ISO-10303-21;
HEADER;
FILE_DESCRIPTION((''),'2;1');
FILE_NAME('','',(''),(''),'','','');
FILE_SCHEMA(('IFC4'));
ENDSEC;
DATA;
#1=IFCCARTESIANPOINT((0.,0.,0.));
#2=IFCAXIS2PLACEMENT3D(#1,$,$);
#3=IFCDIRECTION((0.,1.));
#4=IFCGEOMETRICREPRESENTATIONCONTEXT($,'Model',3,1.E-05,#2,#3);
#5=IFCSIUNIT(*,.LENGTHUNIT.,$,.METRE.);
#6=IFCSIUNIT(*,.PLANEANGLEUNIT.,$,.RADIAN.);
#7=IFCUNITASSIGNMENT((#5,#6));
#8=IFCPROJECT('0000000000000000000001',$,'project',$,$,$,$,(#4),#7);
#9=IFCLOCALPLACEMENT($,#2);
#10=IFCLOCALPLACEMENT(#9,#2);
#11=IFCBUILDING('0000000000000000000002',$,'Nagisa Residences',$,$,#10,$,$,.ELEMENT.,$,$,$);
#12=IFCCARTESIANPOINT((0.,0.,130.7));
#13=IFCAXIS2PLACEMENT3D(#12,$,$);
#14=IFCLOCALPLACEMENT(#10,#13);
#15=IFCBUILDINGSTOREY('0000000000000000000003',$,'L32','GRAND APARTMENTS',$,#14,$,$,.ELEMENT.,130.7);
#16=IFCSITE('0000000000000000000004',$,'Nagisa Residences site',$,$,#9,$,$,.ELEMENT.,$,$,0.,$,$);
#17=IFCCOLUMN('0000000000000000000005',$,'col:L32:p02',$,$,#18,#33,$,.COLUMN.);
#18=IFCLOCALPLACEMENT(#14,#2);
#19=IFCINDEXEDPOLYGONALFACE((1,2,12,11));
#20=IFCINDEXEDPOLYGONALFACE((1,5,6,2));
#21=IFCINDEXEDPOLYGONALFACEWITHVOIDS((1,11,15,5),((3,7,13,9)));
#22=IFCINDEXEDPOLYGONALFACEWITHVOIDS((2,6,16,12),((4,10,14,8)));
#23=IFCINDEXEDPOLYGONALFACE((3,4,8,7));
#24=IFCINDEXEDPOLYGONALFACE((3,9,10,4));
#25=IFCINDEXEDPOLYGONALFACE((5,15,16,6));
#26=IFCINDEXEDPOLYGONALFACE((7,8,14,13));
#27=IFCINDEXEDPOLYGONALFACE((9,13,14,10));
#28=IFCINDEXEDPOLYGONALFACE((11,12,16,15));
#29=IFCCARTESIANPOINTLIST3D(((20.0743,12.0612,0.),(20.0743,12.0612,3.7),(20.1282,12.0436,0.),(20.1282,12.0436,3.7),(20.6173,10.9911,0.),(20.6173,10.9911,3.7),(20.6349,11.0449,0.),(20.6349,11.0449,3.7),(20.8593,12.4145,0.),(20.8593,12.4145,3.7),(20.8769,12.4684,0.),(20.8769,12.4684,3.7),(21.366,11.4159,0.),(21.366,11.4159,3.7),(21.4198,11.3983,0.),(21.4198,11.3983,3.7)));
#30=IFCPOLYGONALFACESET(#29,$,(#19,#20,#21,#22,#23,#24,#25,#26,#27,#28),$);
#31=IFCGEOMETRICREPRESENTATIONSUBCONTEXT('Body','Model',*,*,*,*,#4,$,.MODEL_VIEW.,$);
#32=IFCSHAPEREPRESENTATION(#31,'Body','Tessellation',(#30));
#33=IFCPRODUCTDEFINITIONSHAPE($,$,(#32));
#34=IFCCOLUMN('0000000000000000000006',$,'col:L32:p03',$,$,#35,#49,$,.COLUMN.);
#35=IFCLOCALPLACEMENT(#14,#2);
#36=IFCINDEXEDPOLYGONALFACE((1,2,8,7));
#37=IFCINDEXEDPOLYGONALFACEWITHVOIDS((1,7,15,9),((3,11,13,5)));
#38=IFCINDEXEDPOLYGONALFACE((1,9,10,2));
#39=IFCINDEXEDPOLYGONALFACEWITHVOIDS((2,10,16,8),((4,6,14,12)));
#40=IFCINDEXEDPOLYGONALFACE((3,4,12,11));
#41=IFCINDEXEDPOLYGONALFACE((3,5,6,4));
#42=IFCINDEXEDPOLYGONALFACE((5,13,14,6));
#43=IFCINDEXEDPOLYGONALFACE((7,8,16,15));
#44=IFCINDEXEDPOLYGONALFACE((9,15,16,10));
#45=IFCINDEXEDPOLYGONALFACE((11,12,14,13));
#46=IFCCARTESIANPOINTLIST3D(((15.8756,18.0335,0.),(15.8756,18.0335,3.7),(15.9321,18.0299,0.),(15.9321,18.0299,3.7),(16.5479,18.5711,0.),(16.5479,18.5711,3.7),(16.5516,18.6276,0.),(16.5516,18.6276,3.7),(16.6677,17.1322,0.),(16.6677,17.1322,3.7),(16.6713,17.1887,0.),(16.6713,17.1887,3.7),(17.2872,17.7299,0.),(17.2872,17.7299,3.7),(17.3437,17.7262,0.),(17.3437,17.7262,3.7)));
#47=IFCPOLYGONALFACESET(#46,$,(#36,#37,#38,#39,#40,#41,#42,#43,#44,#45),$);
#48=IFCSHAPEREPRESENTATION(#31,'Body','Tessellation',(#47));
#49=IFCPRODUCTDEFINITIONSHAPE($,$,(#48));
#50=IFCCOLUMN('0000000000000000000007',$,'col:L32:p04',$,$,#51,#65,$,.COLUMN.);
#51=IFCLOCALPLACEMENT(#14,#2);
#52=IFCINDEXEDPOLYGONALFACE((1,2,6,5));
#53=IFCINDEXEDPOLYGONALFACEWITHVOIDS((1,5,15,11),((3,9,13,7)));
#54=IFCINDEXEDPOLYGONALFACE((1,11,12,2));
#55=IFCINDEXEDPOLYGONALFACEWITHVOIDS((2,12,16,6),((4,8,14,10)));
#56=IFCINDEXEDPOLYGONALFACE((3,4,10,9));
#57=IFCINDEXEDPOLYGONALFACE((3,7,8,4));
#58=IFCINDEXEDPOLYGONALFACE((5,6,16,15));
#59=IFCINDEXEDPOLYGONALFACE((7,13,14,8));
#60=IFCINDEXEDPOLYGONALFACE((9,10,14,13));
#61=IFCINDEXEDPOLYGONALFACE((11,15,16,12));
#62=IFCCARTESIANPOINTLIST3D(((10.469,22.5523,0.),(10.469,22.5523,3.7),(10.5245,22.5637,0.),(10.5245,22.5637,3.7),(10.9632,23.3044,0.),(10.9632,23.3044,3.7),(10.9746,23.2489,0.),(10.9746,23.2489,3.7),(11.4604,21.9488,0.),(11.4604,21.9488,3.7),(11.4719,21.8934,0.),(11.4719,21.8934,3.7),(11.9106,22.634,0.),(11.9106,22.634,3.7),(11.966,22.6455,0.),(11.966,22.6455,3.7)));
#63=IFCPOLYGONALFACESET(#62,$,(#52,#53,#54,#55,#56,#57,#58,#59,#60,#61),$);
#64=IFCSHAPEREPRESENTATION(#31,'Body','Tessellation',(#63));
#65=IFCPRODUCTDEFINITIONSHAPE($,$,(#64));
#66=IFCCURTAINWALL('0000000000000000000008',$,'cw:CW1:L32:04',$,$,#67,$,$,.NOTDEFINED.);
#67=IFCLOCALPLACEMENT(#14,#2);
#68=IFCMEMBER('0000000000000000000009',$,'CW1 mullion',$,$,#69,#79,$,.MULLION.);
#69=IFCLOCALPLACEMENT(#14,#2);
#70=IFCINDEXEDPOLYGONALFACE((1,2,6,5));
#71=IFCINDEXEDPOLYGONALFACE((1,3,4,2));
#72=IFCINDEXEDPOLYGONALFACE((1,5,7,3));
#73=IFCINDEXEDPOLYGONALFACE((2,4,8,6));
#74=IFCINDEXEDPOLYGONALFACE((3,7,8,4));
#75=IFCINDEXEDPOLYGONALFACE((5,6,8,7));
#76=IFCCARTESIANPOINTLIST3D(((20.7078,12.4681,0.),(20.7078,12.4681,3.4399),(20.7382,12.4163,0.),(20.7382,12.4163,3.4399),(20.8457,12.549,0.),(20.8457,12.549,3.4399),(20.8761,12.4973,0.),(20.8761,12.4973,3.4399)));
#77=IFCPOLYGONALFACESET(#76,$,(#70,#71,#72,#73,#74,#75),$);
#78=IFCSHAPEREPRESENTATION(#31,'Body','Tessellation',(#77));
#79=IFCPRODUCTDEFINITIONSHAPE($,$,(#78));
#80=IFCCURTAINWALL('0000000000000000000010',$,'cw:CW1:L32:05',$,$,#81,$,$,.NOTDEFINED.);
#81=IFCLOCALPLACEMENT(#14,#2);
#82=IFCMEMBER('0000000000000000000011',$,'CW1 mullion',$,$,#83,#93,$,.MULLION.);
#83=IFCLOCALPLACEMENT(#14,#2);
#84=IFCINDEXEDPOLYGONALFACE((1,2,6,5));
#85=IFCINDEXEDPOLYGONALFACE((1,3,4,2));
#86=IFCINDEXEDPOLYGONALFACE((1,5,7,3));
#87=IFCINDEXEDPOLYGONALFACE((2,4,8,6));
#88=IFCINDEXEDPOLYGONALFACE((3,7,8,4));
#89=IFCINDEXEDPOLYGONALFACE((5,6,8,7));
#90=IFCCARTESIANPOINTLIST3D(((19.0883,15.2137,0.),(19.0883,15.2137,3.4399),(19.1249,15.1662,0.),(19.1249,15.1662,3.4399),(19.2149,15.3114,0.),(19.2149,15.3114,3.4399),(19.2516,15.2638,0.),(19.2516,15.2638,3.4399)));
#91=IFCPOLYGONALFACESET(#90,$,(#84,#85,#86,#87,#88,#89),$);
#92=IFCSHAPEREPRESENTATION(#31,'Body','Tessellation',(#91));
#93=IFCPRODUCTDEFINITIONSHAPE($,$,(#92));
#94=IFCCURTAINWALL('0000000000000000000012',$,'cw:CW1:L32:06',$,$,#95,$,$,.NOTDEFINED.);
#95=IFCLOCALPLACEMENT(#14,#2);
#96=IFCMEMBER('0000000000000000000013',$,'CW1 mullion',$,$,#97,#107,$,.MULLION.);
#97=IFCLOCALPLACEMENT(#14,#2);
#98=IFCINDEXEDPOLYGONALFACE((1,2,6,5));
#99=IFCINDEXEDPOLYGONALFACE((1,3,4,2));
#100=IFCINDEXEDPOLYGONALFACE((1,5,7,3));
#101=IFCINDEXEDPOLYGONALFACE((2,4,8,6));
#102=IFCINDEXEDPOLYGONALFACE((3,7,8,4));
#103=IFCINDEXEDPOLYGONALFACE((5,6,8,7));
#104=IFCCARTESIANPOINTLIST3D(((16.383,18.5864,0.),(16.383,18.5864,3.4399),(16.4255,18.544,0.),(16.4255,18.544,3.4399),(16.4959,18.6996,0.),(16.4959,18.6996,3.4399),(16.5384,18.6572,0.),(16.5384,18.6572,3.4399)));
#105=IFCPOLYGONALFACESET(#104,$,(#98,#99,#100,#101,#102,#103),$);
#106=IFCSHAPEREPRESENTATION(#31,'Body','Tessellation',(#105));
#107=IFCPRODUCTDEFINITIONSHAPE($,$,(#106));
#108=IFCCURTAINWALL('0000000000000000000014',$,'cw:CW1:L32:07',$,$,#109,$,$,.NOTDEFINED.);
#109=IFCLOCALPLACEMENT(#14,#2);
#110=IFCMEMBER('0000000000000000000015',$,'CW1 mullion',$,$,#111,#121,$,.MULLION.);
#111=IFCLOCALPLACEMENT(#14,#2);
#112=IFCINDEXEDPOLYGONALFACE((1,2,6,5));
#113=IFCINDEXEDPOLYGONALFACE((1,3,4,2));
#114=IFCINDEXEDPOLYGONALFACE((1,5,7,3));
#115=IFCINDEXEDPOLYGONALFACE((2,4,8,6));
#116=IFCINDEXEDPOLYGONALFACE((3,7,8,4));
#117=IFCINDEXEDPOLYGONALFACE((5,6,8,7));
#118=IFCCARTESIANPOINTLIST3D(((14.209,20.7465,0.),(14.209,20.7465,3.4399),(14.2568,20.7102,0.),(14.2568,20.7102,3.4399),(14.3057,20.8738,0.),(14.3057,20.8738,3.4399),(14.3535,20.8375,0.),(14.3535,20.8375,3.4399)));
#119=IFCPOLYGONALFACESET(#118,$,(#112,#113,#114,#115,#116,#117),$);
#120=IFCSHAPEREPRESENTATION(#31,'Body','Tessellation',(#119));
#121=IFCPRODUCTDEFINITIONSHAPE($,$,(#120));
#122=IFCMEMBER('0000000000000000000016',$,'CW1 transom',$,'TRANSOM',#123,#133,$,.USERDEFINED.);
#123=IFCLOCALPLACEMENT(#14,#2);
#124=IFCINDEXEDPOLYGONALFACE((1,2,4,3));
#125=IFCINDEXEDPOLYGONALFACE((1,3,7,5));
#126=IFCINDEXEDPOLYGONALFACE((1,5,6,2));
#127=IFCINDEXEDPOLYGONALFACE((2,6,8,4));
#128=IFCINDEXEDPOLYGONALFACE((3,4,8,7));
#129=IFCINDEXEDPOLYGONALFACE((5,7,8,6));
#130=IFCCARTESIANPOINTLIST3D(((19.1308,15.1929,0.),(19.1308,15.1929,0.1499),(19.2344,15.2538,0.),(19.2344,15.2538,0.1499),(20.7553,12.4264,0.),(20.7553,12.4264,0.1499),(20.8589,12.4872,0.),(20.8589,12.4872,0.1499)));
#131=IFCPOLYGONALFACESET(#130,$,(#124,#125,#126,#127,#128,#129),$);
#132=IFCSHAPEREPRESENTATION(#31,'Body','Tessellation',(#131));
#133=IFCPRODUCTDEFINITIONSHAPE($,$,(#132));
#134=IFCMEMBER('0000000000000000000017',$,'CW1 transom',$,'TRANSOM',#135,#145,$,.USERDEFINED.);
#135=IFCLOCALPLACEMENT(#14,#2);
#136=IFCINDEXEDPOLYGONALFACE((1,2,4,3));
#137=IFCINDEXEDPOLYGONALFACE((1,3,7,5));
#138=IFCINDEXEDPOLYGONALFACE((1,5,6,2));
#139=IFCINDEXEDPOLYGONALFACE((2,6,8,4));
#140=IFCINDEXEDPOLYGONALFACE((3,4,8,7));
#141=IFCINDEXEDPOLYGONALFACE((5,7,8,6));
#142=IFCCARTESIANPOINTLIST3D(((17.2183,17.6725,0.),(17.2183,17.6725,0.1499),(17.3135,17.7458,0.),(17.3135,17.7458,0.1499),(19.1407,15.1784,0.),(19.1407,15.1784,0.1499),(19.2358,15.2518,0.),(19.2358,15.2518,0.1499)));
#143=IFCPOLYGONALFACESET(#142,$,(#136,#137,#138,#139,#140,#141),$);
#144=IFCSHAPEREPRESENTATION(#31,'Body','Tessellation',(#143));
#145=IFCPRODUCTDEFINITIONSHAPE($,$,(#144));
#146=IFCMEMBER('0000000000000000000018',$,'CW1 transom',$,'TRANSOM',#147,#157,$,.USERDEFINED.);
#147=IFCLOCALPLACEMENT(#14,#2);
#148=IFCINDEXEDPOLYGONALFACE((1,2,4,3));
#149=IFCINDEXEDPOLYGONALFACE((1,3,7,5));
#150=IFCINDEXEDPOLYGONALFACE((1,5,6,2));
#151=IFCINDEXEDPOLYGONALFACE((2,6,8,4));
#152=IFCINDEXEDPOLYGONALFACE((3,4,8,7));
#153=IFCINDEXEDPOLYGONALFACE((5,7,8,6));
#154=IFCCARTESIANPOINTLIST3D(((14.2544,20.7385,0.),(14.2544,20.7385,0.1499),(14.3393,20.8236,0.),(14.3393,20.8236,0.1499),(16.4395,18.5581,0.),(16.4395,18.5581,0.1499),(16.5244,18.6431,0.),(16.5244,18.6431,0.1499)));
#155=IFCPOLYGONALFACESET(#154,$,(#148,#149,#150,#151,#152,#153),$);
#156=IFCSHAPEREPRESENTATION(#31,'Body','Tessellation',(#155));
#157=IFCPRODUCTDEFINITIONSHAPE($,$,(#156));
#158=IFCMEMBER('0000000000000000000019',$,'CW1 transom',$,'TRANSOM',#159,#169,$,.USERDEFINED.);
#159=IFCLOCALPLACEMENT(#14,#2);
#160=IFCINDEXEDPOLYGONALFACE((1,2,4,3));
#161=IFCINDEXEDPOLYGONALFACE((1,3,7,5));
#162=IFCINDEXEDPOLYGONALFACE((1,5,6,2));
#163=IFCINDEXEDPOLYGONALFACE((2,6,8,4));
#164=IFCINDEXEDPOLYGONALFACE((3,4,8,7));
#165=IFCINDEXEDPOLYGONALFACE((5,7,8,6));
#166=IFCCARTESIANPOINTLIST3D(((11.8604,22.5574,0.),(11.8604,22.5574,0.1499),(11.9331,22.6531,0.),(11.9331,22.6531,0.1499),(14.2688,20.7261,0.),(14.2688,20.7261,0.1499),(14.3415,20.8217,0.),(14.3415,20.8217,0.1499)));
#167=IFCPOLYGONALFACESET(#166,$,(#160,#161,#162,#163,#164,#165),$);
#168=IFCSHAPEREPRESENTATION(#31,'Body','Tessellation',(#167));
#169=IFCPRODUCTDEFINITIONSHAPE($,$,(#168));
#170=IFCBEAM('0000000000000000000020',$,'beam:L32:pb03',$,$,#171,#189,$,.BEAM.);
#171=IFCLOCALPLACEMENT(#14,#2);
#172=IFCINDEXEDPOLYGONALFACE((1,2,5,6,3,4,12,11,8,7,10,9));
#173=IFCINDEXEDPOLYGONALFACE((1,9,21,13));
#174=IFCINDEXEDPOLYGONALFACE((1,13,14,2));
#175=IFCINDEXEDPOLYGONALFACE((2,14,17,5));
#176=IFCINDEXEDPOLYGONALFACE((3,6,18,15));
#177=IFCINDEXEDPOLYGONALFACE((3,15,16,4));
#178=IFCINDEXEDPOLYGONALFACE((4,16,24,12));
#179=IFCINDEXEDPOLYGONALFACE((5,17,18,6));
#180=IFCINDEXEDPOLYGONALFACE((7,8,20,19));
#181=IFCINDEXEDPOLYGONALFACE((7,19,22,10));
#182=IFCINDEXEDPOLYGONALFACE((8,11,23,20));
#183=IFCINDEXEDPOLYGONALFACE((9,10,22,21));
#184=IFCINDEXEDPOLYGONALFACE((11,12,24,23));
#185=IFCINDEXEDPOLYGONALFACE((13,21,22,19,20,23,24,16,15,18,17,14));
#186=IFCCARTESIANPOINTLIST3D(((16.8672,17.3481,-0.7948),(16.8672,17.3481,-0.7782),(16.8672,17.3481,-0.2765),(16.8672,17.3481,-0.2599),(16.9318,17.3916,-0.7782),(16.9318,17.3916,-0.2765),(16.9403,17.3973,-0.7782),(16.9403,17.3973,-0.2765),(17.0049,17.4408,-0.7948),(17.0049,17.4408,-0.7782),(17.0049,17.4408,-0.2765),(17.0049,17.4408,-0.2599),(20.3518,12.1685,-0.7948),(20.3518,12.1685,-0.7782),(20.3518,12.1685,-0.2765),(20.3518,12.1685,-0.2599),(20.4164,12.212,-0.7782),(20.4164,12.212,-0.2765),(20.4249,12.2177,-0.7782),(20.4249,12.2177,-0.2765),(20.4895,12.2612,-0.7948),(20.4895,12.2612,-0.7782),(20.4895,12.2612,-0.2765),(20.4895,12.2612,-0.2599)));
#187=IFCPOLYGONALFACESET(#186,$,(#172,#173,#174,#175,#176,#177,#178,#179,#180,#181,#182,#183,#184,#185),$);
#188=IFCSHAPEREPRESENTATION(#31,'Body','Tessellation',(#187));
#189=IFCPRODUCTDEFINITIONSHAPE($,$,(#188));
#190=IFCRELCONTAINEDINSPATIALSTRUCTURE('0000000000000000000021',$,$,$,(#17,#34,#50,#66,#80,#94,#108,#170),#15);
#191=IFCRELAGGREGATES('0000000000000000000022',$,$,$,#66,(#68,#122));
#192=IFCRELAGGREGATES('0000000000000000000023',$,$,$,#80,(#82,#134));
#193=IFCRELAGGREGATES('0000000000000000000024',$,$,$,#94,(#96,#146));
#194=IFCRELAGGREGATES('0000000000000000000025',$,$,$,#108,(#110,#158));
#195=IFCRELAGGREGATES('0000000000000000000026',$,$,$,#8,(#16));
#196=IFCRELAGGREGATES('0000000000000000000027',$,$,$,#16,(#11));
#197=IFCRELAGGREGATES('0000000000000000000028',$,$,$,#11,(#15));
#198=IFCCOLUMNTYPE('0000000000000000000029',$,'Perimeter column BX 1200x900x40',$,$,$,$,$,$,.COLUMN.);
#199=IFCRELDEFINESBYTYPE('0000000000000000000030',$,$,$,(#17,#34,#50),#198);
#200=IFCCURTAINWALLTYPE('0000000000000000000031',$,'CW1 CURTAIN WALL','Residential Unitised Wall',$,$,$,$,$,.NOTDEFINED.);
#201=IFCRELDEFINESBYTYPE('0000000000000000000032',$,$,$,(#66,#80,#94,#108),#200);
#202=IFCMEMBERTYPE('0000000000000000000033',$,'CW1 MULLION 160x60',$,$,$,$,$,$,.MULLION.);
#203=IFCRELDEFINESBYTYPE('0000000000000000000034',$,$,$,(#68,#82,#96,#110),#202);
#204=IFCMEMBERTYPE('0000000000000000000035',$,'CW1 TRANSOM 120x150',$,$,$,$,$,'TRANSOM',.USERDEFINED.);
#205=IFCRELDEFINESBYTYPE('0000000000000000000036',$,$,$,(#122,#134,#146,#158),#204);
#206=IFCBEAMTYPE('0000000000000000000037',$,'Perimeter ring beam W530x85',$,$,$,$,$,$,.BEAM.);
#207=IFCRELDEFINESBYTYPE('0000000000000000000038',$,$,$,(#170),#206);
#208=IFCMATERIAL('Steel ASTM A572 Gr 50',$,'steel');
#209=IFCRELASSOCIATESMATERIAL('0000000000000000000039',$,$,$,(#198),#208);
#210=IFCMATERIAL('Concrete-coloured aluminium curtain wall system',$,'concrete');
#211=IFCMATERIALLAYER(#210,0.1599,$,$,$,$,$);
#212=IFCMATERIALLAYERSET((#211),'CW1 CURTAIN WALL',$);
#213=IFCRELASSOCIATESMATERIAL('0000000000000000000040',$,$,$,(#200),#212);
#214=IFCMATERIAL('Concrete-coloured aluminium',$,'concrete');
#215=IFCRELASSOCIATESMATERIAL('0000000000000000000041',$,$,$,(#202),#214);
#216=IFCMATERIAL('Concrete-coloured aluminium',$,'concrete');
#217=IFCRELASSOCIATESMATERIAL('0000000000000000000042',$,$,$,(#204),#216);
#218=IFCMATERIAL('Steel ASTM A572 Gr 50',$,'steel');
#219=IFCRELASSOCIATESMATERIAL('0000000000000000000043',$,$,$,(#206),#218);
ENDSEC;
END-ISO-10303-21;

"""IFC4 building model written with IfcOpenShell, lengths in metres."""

from ifc_helpers import new_model, si_unit, direction, frame, origin, origin_2d, place, context, subcontext, project, spatial, rectangle, hollow_rectangle, i_section, extrude, material, layer, layer_set, material_profile, profile_set, type_object, element, aggregate, save


model = new_model("IFC4")

# Units and contexts
model_context = context("Model", 3, precision=1e-05, world=origin(), true_north=direction((0.0, 1.0)))
body_context = subcontext(model_context, "Body", "Model", "MODEL_VIEW")
ifc_project = project(units=[si_unit("LENGTHUNIT", "METRE"), si_unit("PLANEANGLEUNIT", "RADIAN")], contexts=[model_context])

# Site, building, storey
site_placement = place(None, origin())
site = spatial("IfcSite", under=ifc_project, at=site_placement, Name="Nagisa Residences site", CompositionType="ELEMENT", RefElevation=0.0)
building_placement = place(site_placement, origin())
building = spatial("IfcBuilding", under=site, at=building_placement, Name="Nagisa Residences", CompositionType="ELEMENT")
storey_placement = place(building_placement, frame((0.0, 0.0, 130.7)))
storey = spatial("IfcBuildingStorey", under=building, at=storey_placement, Name="L32", Description="GRAND APARTMENTS", CompositionType="ELEMENT", Elevation=130.7)

# Columns
ifc_material_1 = material(Name="Steel ASTM A572 Gr 50", Category="steel")
ifc_material_profile_1 = material_profile(ifc_material_1, hollow_rectangle(XDim=1.2, YDim=0.8999, WallThickness=0.04, at=origin_2d()), Name="BX 1200x900x40")
ifc_profile_set_1 = profile_set([ifc_material_profile_1], Name="Steel ASTM A572 Gr 50")
column_type = type_object("IfcColumnType", Name="Perimeter column BX 1200x900x40", PredefinedType="COLUMN", material=ifc_profile_set_1)
for number, where, z_axis, x_axis, name in (
    (1, (20.7471, 11.7297, 0.0), (0.0, 0.0, 1.0), (-0.452463, 0.891783, 0.0), "col:L32:p02"),
    (2, (16.6096, 17.8799, 0.0), (0.0, 0.0, 1.0), (-0.660115, 0.751165, 0.0), "col:L32:p03"),
    (3, (11.2175, 22.5989, 0.0), (0.0, 0.0, 1.0), (-0.835766, 0.549086, 0.0), "col:L32:p04"),
):
    element("IfcColumn", number, at=place(storey_placement, frame(where, z_axis=z_axis, x_axis=x_axis)), inside=storey, type_object=column_type, Name=name, PredefinedType="COLUMN", context=body_context, shape_type="SweptSolid", body=[
        extrude(hollow_rectangle(XDim=1.2, YDim=0.8999, WallThickness=0.04, at=origin_2d()), origin(), (0.0, 0.0, 1.0), 3.7),
    ])

# Curtain walls, members
ifc_material_2 = material(Name="Concrete-coloured aluminium curtain wall system", Category="concrete")
ifc_layer_1 = layer(ifc_material_2, 0.1599)
ifc_layer_set_1 = layer_set([ifc_layer_1], Name="CW1 CURTAIN WALL")
curtain_wall_type = type_object("IfcCurtainWallType", Name="CW1 CURTAIN WALL", Description="Residential Unitised Wall", PredefinedType="NOTDEFINED", material=ifc_layer_set_1)
curtain_wall_1_placement = place(storey_placement, origin())
curtain_wall_1 = element("IfcCurtainWall", 4, at=curtain_wall_1_placement, inside=storey, type_object=curtain_wall_type, Name="cw:CW1:L32:04", PredefinedType="NOTDEFINED")
ifc_material_3 = material(Name="Concrete-coloured aluminium", Category="concrete")
ifc_material_profile_2 = material_profile(ifc_material_3, rectangle(XDim=0.1599, YDim=0.0601, at=origin_2d()), Name="CW1 MULLION 160x60")
ifc_profile_set_2 = profile_set([ifc_material_profile_2], Name="Concrete-coloured aluminium")
member_type_1 = type_object("IfcMemberType", Name="CW1 MULLION 160x60", PredefinedType="MULLION", material=ifc_profile_set_2)
member_1_placement = place(storey_placement, frame((20.792, 12.4827, 0.0), z_axis=(0.0, 0.0, 1.0), x_axis=(-0.862329, -0.506349, 0.0)))
member_1 = element("IfcMember", 5, at=member_1_placement, type_object=member_type_1, Name="CW1 mullion", PredefinedType="MULLION", context=body_context, shape_type="SweptSolid", body=[
    extrude(rectangle(XDim=0.1599, YDim=0.0601, at=origin_2d()), origin(), (0.0, 0.0, 1.0), 3.4399),
])
curtain_wall_2_placement = place(storey_placement, origin())
curtain_wall_2 = element("IfcCurtainWall", 6, at=curtain_wall_2_placement, inside=storey, type_object=curtain_wall_type, Name="cw:CW1:L32:05", PredefinedType="NOTDEFINED")
member_2_placement = place(storey_placement, frame((19.1699, 15.2388, 0.0), z_axis=(0.0, 0.0, 1.0), x_axis=(-0.79207, -0.61043, 0.0)))
member_2 = element("IfcMember", 7, at=member_2_placement, type_object=member_type_1, Name="CW1 mullion", PredefinedType="MULLION", context=body_context, shape_type="SweptSolid", body=[
    extrude(rectangle(XDim=0.1599, YDim=0.0601, at=origin_2d()), origin(), (0.0, 0.0, 1.0), 3.4399),
])
curtain_wall_3_placement = place(storey_placement, origin())
curtain_wall_3 = element("IfcCurtainWall", 8, at=curtain_wall_3_placement, inside=storey, type_object=curtain_wall_type, Name="cw:CW1:L32:06", PredefinedType="NOTDEFINED")
member_3_placement = place(storey_placement, frame((16.4607, 18.6218, 0.0), z_axis=(0.0, 0.0, 1.0), x_axis=(-0.706377, -0.707836, 0.0)))
member_3 = element("IfcMember", 9, at=member_3_placement, type_object=member_type_1, Name="CW1 mullion", PredefinedType="MULLION", context=body_context, shape_type="SweptSolid", body=[
    extrude(rectangle(XDim=0.1599, YDim=0.0601, at=origin_2d()), origin(), (0.0, 0.0, 1.0), 3.4399),
])
curtain_wall_4_placement = place(storey_placement, origin())
curtain_wall_4 = element("IfcCurtainWall", 10, at=curtain_wall_4_placement, inside=storey, type_object=curtain_wall_type, Name="cw:CW1:L32:07", PredefinedType="NOTDEFINED")
member_4_placement = place(storey_placement, frame((14.2812, 20.792, 0.0), z_axis=(0.0, 0.0, 1.0), x_axis=(-0.605255, -0.796031, 0.0)))
member_4 = element("IfcMember", 11, at=member_4_placement, type_object=member_type_1, Name="CW1 mullion", PredefinedType="MULLION", context=body_context, shape_type="SweptSolid", body=[
    extrude(rectangle(XDim=0.1599, YDim=0.0601, at=origin_2d()), origin(), (0.0, 0.0, 1.0), 3.4399),
])

# Members
ifc_material_4 = material(Name="Concrete-coloured aluminium", Category="concrete")
ifc_material_profile_3 = material_profile(ifc_material_4, rectangle(XDim=0.1201, YDim=0.1499, at=origin_2d()), Name="CW1 TRANSOM 120x150")
ifc_profile_set_3 = profile_set([ifc_material_profile_3], Name="Concrete-coloured aluminium")
member_type_2 = type_object("IfcMemberType", Name="CW1 TRANSOM 120x150", ElementType="TRANSOM", PredefinedType="USERDEFINED", material=ifc_profile_set_3)
member_5_placement = place(storey_placement, frame((20.8071, 12.4568, 0.075), z_axis=(-0.506348, 0.862329, 0.0), x_axis=(-0.862329, -0.506348, 0.0)))
member_5 = element("IfcMember", 12, at=member_5_placement, type_object=member_type_2, Name="CW1 transom", ObjectType="TRANSOM", PredefinedType="USERDEFINED", context=body_context, shape_type="SweptSolid", body=[
    extrude(rectangle(XDim=0.1201, YDim=0.1499, at=origin_2d()), origin(), (0.0, 0.0, 1.0), 3.2083),
])
member_6_placement = place(storey_placement, frame((19.1882, 15.2151, 0.075), z_axis=(-0.610467, 0.792041, 0.0), x_axis=(-0.792041, -0.610467, 0.0)))
member_6 = element("IfcMember", 13, at=member_6_placement, type_object=member_type_2, Name="CW1 transom", ObjectType="TRANSOM", PredefinedType="USERDEFINED", context=body_context, shape_type="SweptSolid", body=[
    extrude(rectangle(XDim=0.1201, YDim=0.1499, at=origin_2d()), origin(), (0.0, 0.0, 1.0), 3.1489),
])
member_7_placement = place(storey_placement, frame((16.4819, 18.6006, 0.075), z_axis=(-0.707858, 0.706355, 0.0), x_axis=(-0.706355, -0.707858, 0.0)))
member_7 = element("IfcMember", 14, at=member_7_placement, type_object=member_type_2, Name="CW1 transom", ObjectType="TRANSOM", PredefinedType="USERDEFINED", context=body_context, shape_type="SweptSolid", body=[
    extrude(rectangle(XDim=0.1201, YDim=0.1499, at=origin_2d()), origin(), (0.0, 0.0, 1.0), 3.0869),
])
member_8_placement = place(storey_placement, frame((14.3052, 20.7739, 0.075), z_axis=(-0.796022, 0.605267, 0.0), x_axis=(-0.605267, -0.796022, 0.0)))
member_8 = element("IfcMember", 15, at=member_8_placement, type_object=member_type_2, Name="CW1 transom", ObjectType="TRANSOM", PredefinedType="USERDEFINED", context=body_context, shape_type="SweptSolid", body=[
    extrude(rectangle(XDim=0.1201, YDim=0.1499, at=origin_2d()), origin(), (0.0, 0.0, 1.0), 3.0256),
])

# Beam
ifc_material_5 = material(Name="Steel ASTM A572 Gr 50", Category="steel")
ifc_material_profile_4 = material_profile(ifc_material_5, i_section(OverallWidth=0.166, OverallDepth=0.5349, WebThickness=0.0103, FlangeThickness=0.0166, at=origin_2d()), Name="W530x85")
ifc_profile_set_4 = profile_set([ifc_material_profile_4], Name="Steel ASTM A572 Gr 50")
beam_type_1 = type_object("IfcBeamType", Name="Perimeter ring beam W530x85", PredefinedType="BEAM", material=ifc_profile_set_4)
beam_1_placement = place(storey_placement, frame((20.4207, 12.2148, -0.5273), z_axis=(-0.558188, 0.829715, 0.0), x_axis=(-0.829715, -0.558188, 0.0)))
element("IfcBeam", 16, at=beam_1_placement, inside=storey, type_object=beam_type_1, Name="beam:L32:pb03", PredefinedType="BEAM", context=body_context, shape_type="SweptSolid", body=[
    extrude(i_section(OverallWidth=0.166, OverallDepth=0.5349, WebThickness=0.0103, FlangeThickness=0.0166, at=origin_2d()), origin(), (0.0, 0.0, 1.0), 6.2427),
])

aggregate(curtain_wall_1, [member_1, member_5])
aggregate(curtain_wall_2, [member_2, member_6])
aggregate(curtain_wall_3, [member_3, member_7])
aggregate(curtain_wall_4, [member_4, member_8])

save(model, "model.ifc")
